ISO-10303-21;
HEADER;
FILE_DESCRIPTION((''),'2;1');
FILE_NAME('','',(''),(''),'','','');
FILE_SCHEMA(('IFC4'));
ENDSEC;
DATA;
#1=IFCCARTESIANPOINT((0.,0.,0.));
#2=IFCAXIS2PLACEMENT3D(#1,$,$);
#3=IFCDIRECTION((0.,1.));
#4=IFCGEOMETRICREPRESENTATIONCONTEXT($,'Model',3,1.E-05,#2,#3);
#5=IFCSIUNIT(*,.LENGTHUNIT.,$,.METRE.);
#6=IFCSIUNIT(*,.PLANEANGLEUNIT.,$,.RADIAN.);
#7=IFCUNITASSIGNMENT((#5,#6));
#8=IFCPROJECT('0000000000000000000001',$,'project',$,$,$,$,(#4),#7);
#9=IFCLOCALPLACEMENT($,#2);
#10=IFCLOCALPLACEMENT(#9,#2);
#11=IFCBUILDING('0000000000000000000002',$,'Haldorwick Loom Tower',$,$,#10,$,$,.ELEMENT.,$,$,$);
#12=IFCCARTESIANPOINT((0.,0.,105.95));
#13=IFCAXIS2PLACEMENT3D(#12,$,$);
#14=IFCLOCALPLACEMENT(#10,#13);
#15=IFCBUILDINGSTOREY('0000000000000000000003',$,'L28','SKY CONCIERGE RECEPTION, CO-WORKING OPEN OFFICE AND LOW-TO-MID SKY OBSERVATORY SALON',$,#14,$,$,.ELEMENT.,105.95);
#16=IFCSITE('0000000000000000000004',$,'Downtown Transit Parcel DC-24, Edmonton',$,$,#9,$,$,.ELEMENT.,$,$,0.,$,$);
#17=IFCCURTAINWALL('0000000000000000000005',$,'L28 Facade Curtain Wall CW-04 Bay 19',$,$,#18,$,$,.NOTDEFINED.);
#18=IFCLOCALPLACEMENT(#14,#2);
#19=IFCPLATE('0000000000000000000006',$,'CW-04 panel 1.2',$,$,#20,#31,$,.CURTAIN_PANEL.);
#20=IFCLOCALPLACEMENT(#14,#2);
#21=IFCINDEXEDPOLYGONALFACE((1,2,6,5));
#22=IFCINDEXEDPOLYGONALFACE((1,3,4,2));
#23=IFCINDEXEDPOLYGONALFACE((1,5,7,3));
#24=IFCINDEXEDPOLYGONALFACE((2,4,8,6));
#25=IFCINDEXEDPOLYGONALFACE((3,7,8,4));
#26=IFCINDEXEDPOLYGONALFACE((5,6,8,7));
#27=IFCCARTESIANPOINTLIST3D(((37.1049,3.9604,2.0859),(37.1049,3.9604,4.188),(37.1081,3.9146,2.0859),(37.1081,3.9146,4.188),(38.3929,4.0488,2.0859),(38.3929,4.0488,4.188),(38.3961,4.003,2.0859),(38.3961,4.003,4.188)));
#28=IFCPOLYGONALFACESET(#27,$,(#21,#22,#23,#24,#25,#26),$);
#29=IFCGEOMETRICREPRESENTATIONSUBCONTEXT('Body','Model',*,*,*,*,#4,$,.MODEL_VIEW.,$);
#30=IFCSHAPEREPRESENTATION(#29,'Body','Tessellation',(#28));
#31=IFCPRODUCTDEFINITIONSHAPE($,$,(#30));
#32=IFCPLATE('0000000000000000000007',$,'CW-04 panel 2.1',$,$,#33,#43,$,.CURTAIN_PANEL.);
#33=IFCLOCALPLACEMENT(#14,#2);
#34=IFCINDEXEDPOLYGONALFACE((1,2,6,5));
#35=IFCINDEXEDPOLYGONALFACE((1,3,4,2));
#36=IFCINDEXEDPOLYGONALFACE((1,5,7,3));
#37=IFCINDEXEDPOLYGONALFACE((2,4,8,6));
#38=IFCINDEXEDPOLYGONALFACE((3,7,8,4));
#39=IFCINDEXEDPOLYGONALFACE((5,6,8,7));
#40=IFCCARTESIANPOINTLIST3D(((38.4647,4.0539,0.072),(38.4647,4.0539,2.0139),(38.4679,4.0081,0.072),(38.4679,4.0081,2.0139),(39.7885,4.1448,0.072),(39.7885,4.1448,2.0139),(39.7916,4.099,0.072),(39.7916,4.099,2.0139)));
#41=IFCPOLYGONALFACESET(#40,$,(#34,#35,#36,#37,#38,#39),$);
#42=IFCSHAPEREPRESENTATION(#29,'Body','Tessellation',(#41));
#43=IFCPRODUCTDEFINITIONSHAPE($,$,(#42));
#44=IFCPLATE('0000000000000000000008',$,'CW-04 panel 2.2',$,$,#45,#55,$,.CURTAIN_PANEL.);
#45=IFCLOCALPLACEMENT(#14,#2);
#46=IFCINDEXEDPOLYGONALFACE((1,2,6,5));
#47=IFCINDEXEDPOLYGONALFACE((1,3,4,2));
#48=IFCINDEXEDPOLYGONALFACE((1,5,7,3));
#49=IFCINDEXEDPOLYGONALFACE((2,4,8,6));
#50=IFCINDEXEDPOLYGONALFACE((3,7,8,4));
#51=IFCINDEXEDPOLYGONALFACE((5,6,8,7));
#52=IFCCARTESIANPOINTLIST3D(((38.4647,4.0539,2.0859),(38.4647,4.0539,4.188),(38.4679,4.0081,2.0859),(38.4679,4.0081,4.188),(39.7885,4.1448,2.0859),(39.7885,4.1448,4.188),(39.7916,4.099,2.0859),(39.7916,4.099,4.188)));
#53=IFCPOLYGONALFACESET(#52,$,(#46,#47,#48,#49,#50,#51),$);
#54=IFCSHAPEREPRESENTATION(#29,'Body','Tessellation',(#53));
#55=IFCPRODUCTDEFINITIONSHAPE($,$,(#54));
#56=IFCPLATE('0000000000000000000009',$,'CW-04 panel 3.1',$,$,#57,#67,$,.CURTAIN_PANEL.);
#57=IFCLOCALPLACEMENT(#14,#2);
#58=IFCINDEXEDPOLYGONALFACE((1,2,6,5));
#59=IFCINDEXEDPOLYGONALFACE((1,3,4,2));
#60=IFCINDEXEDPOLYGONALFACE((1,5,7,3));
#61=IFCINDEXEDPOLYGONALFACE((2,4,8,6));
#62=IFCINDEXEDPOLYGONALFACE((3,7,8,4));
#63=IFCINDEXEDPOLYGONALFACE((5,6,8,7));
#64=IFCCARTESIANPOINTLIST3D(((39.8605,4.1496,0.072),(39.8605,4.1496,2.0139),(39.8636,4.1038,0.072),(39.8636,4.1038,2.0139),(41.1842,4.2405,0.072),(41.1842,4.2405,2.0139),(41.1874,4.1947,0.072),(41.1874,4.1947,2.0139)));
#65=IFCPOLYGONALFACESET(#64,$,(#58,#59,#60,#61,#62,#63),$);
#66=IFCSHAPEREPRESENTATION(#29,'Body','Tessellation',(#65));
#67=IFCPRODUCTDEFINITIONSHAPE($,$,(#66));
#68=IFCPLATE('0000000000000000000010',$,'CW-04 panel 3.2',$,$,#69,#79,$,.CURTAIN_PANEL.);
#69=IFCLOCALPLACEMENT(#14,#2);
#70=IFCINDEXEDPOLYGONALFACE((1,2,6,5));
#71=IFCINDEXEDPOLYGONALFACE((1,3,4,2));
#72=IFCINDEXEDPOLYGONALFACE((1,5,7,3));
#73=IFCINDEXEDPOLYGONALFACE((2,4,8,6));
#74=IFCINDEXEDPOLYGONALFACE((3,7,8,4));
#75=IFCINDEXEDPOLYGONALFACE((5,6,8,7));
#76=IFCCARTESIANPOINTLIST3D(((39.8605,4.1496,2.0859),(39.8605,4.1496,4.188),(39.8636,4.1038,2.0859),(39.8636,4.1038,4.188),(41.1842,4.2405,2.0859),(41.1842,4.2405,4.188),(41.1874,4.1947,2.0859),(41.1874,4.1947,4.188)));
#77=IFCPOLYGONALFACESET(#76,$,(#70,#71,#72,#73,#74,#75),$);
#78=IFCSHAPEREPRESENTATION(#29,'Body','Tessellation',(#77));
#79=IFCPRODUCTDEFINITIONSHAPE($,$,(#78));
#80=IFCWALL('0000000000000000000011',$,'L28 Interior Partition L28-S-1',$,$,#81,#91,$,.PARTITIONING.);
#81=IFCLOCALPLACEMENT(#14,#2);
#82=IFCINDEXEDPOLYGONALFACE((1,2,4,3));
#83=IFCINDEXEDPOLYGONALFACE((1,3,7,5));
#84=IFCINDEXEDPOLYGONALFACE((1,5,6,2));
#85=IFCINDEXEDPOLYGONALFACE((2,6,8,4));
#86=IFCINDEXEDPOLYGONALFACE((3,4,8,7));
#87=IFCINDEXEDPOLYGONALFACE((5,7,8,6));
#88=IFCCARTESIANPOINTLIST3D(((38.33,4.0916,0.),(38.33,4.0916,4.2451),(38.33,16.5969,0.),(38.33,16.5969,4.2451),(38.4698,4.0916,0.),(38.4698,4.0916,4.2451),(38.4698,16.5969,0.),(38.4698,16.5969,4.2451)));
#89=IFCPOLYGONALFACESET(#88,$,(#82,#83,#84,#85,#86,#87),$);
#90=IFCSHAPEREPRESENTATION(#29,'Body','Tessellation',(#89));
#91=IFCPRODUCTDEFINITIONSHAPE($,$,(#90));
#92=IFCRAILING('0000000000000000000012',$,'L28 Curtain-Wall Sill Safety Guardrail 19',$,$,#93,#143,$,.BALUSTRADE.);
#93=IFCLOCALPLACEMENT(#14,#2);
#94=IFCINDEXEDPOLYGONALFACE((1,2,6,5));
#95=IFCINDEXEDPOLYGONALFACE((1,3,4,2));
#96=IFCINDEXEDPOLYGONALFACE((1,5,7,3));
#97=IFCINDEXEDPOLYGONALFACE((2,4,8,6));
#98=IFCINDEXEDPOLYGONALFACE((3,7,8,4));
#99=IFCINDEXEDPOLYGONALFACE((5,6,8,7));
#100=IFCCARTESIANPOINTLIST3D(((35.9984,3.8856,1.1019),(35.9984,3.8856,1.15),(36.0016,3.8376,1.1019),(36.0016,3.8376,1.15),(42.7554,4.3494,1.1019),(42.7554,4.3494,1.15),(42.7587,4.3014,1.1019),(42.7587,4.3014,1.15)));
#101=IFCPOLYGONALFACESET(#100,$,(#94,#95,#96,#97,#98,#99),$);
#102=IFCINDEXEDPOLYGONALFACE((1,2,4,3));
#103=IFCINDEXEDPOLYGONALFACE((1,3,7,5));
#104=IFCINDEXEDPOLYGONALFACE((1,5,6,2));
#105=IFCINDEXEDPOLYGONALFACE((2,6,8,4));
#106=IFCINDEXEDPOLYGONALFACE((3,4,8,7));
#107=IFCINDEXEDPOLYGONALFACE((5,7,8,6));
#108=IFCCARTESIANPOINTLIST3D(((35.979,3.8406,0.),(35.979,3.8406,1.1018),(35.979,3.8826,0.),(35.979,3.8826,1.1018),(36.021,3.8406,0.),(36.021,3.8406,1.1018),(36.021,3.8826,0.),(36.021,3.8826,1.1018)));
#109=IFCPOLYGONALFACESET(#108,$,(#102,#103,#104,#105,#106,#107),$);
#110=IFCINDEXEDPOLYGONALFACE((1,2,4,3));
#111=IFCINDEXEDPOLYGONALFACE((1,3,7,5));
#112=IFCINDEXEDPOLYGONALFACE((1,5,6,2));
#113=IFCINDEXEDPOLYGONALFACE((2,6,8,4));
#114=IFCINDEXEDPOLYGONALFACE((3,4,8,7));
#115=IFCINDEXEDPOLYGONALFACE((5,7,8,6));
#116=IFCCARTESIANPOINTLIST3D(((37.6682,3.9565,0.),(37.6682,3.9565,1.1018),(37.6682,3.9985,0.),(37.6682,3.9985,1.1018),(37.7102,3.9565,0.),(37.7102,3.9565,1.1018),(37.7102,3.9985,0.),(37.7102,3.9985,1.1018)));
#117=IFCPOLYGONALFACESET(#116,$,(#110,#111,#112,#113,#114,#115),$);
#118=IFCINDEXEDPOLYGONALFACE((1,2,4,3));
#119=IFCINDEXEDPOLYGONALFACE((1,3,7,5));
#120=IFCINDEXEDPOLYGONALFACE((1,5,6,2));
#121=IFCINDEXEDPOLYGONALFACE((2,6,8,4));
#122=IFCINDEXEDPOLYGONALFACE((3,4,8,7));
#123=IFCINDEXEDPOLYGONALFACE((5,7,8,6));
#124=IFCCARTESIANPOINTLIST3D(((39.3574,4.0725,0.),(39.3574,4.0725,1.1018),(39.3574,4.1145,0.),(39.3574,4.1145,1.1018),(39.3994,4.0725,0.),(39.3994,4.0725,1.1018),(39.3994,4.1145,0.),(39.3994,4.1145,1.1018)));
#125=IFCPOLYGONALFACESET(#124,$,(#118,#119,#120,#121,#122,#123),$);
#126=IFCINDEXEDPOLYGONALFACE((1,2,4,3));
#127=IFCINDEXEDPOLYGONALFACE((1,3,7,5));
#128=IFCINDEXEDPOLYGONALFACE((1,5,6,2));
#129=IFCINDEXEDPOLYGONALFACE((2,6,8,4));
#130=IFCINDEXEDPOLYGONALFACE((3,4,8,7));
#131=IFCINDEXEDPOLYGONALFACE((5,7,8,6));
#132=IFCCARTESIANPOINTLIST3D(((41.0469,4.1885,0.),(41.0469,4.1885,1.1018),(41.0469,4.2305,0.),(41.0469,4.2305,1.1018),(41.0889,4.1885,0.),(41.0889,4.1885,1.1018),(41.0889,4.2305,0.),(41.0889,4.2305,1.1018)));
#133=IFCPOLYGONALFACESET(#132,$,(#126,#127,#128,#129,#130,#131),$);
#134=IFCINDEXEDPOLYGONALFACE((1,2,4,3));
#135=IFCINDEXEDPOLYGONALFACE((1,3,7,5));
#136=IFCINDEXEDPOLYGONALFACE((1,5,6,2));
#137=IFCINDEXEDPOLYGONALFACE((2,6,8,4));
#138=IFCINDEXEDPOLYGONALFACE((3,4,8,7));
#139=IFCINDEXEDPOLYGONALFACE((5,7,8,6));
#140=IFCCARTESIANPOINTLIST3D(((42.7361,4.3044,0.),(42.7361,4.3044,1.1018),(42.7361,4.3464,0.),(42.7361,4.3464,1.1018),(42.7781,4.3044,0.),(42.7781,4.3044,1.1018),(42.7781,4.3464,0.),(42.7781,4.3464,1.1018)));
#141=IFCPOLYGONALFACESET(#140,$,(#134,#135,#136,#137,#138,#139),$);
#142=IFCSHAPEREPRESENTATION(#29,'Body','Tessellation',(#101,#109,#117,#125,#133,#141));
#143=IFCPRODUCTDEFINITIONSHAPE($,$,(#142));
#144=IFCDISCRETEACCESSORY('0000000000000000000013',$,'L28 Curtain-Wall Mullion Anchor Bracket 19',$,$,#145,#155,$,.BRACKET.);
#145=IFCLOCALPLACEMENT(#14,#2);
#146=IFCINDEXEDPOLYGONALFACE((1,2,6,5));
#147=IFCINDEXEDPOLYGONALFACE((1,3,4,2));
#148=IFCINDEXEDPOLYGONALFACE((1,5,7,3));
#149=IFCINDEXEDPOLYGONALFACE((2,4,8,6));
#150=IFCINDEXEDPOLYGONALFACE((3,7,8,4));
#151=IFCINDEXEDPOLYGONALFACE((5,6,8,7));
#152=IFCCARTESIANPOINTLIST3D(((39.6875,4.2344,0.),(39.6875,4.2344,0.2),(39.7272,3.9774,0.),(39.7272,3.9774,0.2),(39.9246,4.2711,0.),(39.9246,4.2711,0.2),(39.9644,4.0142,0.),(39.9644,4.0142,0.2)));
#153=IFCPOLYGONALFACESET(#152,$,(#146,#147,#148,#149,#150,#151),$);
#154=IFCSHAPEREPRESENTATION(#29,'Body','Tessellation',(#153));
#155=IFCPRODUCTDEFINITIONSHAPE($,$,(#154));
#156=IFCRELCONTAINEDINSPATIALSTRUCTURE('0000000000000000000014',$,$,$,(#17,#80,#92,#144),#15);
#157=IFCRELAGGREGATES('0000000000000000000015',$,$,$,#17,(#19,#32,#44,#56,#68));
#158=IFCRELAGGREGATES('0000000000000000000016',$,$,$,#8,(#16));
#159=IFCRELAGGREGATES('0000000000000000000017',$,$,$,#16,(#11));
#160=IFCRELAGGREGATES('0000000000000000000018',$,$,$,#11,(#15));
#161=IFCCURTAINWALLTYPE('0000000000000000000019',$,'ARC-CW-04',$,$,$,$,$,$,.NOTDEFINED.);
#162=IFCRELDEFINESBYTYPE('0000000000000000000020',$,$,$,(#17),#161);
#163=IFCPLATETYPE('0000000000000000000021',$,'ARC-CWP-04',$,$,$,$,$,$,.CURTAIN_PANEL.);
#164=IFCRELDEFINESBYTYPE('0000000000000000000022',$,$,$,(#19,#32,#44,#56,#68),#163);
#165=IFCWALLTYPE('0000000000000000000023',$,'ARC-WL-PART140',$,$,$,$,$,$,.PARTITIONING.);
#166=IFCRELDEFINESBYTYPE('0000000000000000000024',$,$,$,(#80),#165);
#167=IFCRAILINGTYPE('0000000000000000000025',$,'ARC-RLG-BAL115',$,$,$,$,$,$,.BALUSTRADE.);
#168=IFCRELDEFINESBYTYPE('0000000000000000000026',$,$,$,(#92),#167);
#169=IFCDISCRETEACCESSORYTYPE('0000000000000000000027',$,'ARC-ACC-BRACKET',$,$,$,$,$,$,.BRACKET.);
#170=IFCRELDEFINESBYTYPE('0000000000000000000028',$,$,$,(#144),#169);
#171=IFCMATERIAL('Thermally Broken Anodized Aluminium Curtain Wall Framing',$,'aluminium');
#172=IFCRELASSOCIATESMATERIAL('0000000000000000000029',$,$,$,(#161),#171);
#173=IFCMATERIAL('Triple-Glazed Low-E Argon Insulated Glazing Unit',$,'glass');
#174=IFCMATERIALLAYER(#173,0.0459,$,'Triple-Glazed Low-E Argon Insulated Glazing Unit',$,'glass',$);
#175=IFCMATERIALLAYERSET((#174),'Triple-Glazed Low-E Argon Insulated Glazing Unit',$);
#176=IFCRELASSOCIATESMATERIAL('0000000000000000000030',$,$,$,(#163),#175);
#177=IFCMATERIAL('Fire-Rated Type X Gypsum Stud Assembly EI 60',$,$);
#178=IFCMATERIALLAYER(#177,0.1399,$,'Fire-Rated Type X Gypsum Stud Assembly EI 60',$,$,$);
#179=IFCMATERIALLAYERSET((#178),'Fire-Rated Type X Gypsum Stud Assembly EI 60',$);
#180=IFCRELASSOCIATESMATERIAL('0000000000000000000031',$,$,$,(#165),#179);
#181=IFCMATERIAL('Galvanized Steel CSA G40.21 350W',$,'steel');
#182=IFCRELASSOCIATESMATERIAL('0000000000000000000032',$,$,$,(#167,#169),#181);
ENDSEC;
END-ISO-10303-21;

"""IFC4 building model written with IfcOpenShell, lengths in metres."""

from ifc_helpers import new_model, si_unit, direction, frame, frame_2d, origin, origin_2d, place, context, subcontext, project, spatial, rectangle, extrude, material, layer, layer_set, type_object, element, aggregate, save


model = new_model("IFC4")

# Units and contexts
model_context = context("Model", 3, precision=1e-05, world=origin(), true_north=direction((0.0, 1.0)))
body_context = subcontext(model_context, "Body", "Model", "MODEL_VIEW")
ifc_project = project(units=[si_unit("LENGTHUNIT", "METRE"), si_unit("PLANEANGLEUNIT", "RADIAN")], contexts=[model_context])

# Site, building, storey
site_placement = place(None, origin())
site = spatial("IfcSite", under=ifc_project, at=site_placement, Name="Downtown Transit Parcel DC-24, Edmonton", CompositionType="ELEMENT", RefElevation=0.0)
building_placement = place(site_placement, origin())
building = spatial("IfcBuilding", under=site, at=building_placement, Name="Haldorwick Loom Tower", CompositionType="ELEMENT")
storey_placement = place(building_placement, frame((0.0, 0.0, 105.95)))
storey = spatial("IfcBuildingStorey", under=building, at=storey_placement, Name="L28", Description="SKY CONCIERGE RECEPTION, CO-WORKING OPEN OFFICE AND LOW-TO-MID SKY OBSERVATORY SALON", CompositionType="ELEMENT", Elevation=105.95)

# Shared definitions
ifc_material_1 = material(Name="Thermally Broken Anodized Aluminium Curtain Wall Framing", Category="aluminium")

# Curtain wall
curtain_wall_type_1 = type_object("IfcCurtainWallType", Name="ARC-CW-04", PredefinedType="NOTDEFINED", material=ifc_material_1)
curtain_wall_1_placement = place(storey_placement, origin())
curtain_wall_1 = element("IfcCurtainWall", 1, at=curtain_wall_1_placement, inside=storey, type_object=curtain_wall_type_1, Name="L28 Facade Curtain Wall CW-04 Bay 19", PredefinedType="NOTDEFINED")

# Plates
ifc_material_2 = material(Name="Triple-Glazed Low-E Argon Insulated Glazing Unit", Category="glass")
ifc_layer_1 = layer(ifc_material_2, 0.0459, Name="Triple-Glazed Low-E Argon Insulated Glazing Unit", Category="glass")
ifc_layer_set_1 = layer_set([ifc_layer_1], Name="Triple-Glazed Low-E Argon Insulated Glazing Unit")
plate_type_1 = type_object("IfcPlateType", Name="ARC-CWP-04", PredefinedType="CURTAIN_PANEL", material=ifc_layer_set_1)
plate_1_placement = place(storey_placement, frame((37.7505, 3.9817, 2.0859), z_axis=(0.0, 0.0, 1.0), x_axis=(0.997651, 0.068496, 0.0)))
plate_1 = element("IfcPlate", 2, at=plate_1_placement, type_object=plate_type_1, Name="CW-04 panel 1.2", PredefinedType="CURTAIN_PANEL", context=body_context, shape_type="SweptSolid", body=[
    extrude(rectangle(XDim=1.291, YDim=0.0459, at=origin_2d()), origin(), (0.0, 0.0, 1.0), 2.1021),
])
plate_2_placement = place(storey_placement, frame((39.1282, 4.0764, 0.072), z_axis=(0.0, 0.0, 1.0), x_axis=(0.997651, 0.068496, 0.0)))
plate_2 = element("IfcPlate", 3, at=plate_2_placement, type_object=plate_type_1, Name="CW-04 panel 2.1", PredefinedType="CURTAIN_PANEL", context=body_context, shape_type="SweptSolid", body=[
    extrude(rectangle(XDim=1.3269, YDim=0.0459, at=origin_2d()), origin(), (0.0, 0.0, 1.0), 1.9419),
])
plate_3_placement = place(storey_placement, frame((39.1282, 4.0764, 2.0859), z_axis=(0.0, 0.0, 1.0), x_axis=(0.997651, 0.068496, 0.0)))
plate_3 = element("IfcPlate", 4, at=plate_3_placement, type_object=plate_type_1, Name="CW-04 panel 2.2", PredefinedType="CURTAIN_PANEL", context=body_context, shape_type="SweptSolid", body=[
    extrude(rectangle(XDim=1.3269, YDim=0.0459, at=origin_2d()), origin(), (0.0, 0.0, 1.0), 2.1021),
])
plate_4_placement = place(storey_placement, frame((40.5239, 4.1721, 0.072), z_axis=(0.0, 0.0, 1.0), x_axis=(0.997651, 0.068496, 0.0)))
plate_4 = element("IfcPlate", 5, at=plate_4_placement, type_object=plate_type_1, Name="CW-04 panel 3.1", PredefinedType="CURTAIN_PANEL", context=body_context, shape_type="SweptSolid", body=[
    extrude(rectangle(XDim=1.3269, YDim=0.0459, at=origin_2d()), origin(), (0.0, 0.0, 1.0), 1.9419),
])
plate_5_placement = place(storey_placement, frame((40.5239, 4.1721, 2.0859), z_axis=(0.0, 0.0, 1.0), x_axis=(0.997651, 0.068496, 0.0)))
plate_5 = element("IfcPlate", 6, at=plate_5_placement, type_object=plate_type_1, Name="CW-04 panel 3.2", PredefinedType="CURTAIN_PANEL", context=body_context, shape_type="SweptSolid", body=[
    extrude(rectangle(XDim=1.3269, YDim=0.0459, at=origin_2d()), origin(), (0.0, 0.0, 1.0), 2.1021),
])
aggregate(curtain_wall_1, [plate_1, plate_2, plate_3, plate_4, plate_5])

# Wall
ifc_material_3 = material(Name="Fire-Rated Type X Gypsum Stud Assembly EI 60")
ifc_layer_2 = layer(ifc_material_3, 0.1399, Name="Fire-Rated Type X Gypsum Stud Assembly EI 60")
ifc_layer_set_2 = layer_set([ifc_layer_2], Name="Fire-Rated Type X Gypsum Stud Assembly EI 60")
wall_type = type_object("IfcWallType", Name="ARC-WL-PART140", PredefinedType="PARTITIONING", material=ifc_layer_set_2)
wall_placement = place(storey_placement, frame((38.3999, 4.0916, 0.0), z_axis=(0.0, 0.0, 1.0), x_axis=(0.0, 1.0, 0.0)))
element("IfcWall", 7, at=wall_placement, inside=storey, type_object=wall_type, Name="L28 Interior Partition L28-S-1", PredefinedType="PARTITIONING", context=body_context, shape_type="SweptSolid", body=[
    extrude(rectangle(XDim=12.5054, YDim=0.1399, at=frame_2d((6.2527, 0.0))), origin(), (0.0, 0.0, 1.0), 4.2451),
])

# Railing
ifc_material_4 = material(Name="Galvanized Steel CSA G40.21 350W", Category="steel")
railing_type = type_object("IfcRailingType", Name="ARC-RLG-BAL115", PredefinedType="BALUSTRADE", material=ifc_material_4)
railing_placement = place(storey_placement, frame((36.0, 3.8616, 0.0)))
element("IfcRailing", 8, at=railing_placement, inside=storey, type_object=railing_type, Name="L28 Curtain-Wall Sill Safety Guardrail 19", PredefinedType="BALUSTRADE", context=body_context, shape_type="SweptSolid", body=[
    extrude(rectangle(XDim=0.0481, YDim=0.0481, at=origin_2d()), frame((0.0, 0.0, 1.126), z_axis=(0.997652, 0.068488, 0.0), x_axis=(-0.068488, 0.997652, 0.0)), (0.0, 0.0, 1.0), 6.7729),
    extrude(rectangle(XDim=0.042, YDim=0.042, at=origin_2d()), origin(), (0.0, 0.0, 1.0), 1.1018),
    extrude(rectangle(XDim=0.042, YDim=0.042, at=origin_2d()), frame((1.6892, 0.116, 0.0)), (0.0, 0.0, 1.0), 1.1018),
    extrude(rectangle(XDim=0.042, YDim=0.042, at=origin_2d()), frame((3.3784, 0.2319, 0.0)), (0.0, 0.0, 1.0), 1.1018),
    extrude(rectangle(XDim=0.042, YDim=0.042, at=origin_2d()), frame((5.0679, 0.3479, 0.0)), (0.0, 0.0, 1.0), 1.1018),
    extrude(rectangle(XDim=0.042, YDim=0.042, at=origin_2d()), frame((6.7571, 0.4639, 0.0)), (0.0, 0.0, 1.0), 1.1018),
])

# Discrete accessory
discrete_accessory_type = type_object("IfcDiscreteAccessoryType", Name="ARC-ACC-BRACKET", PredefinedType="BRACKET", material=ifc_material_4)
discrete_accessory_placement = place(storey_placement, frame((39.8259, 4.1243, 0.0), z_axis=(0.0, 0.0, 1.0), x_axis=(0.152986, -0.988228, 0.0)))
element("IfcDiscreteAccessory", 9, at=discrete_accessory_placement, inside=storey, type_object=discrete_accessory_type, Name="L28 Curtain-Wall Mullion Anchor Bracket 19", PredefinedType="BRACKET", context=body_context, shape_type="SweptSolid", body=[
    extrude(rectangle(XDim=0.26, YDim=0.24, at=origin_2d()), origin(), (0.0, 0.0, 1.0), 0.2),
])

save(model, "model.ifc")
